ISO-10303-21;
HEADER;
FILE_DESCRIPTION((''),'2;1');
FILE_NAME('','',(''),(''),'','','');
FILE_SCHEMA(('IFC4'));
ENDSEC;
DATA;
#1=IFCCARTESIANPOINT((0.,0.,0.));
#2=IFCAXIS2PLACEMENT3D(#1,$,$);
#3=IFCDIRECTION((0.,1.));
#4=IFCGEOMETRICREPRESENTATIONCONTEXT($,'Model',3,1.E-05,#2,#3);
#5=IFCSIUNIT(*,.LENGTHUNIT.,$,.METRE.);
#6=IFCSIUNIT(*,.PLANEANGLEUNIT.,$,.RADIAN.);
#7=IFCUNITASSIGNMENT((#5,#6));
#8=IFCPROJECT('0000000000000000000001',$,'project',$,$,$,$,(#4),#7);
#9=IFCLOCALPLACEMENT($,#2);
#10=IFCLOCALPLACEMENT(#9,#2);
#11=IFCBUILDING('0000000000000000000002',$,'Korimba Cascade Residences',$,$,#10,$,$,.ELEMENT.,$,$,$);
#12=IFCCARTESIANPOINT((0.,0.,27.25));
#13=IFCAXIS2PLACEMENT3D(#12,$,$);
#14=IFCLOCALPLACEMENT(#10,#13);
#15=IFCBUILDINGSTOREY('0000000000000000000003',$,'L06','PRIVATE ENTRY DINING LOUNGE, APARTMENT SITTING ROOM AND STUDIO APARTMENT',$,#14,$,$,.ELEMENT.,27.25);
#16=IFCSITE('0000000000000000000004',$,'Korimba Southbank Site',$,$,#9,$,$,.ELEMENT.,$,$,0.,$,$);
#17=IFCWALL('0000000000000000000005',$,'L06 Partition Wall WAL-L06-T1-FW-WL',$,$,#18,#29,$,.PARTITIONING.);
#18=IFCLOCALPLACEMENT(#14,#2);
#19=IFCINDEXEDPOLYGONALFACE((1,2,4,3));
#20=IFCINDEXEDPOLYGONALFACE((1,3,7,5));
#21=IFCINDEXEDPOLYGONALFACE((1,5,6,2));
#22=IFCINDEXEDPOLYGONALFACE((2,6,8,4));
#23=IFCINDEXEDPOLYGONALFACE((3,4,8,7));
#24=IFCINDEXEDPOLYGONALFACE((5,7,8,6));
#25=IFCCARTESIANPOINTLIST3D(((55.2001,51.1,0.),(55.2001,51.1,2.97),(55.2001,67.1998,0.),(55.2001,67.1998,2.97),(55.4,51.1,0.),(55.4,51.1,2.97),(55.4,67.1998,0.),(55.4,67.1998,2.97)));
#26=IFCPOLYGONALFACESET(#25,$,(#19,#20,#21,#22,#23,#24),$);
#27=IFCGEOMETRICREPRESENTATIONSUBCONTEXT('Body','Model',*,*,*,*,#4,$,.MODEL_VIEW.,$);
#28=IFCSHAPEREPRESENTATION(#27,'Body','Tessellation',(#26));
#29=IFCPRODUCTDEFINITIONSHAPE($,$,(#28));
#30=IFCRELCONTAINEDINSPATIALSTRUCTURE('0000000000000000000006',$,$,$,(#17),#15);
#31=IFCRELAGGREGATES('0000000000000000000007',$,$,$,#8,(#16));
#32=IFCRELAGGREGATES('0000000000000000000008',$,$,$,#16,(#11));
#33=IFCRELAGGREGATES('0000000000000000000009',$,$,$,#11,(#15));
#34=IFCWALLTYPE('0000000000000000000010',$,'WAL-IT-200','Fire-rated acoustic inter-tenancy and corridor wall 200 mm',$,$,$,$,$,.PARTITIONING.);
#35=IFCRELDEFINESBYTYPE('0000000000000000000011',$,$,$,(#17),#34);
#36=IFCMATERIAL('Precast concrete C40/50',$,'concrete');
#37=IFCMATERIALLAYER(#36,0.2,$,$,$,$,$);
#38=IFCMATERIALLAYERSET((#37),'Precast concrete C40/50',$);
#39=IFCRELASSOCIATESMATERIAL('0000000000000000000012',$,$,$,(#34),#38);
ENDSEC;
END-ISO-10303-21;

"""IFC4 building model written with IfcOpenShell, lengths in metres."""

from ifc_helpers import new_model, si_unit, direction, frame, frame_2d, origin, place, context, subcontext, project, spatial, rectangle, extrude, material, layer, layer_set, type_object, element, save


model = new_model("IFC4")

# Units and contexts
model_context = context("Model", 3, precision=1e-05, world=origin(), true_north=direction((0.0, 1.0)))
body_context = subcontext(model_context, "Body", "Model", "MODEL_VIEW")
ifc_project = project(units=[si_unit("LENGTHUNIT", "METRE"), si_unit("PLANEANGLEUNIT", "RADIAN")], contexts=[model_context])

# Site, building, storey
site_placement = place(None, origin())
site = spatial("IfcSite", under=ifc_project, at=site_placement, Name="Korimba Southbank Site", CompositionType="ELEMENT", RefElevation=0.0)
building_placement = place(site_placement, origin())
building = spatial("IfcBuilding", under=site, at=building_placement, Name="Korimba Cascade Residences", CompositionType="ELEMENT")
storey_placement = place(building_placement, frame((0.0, 0.0, 27.25)))
storey = spatial("IfcBuildingStorey", under=building, at=storey_placement, Name="L06", Description="PRIVATE ENTRY DINING LOUNGE, APARTMENT SITTING ROOM AND STUDIO APARTMENT", CompositionType="ELEMENT", Elevation=27.25)

# Shared definitions
ifc_material_1 = material(Name="Precast concrete C40/50", Category="concrete")

# Wall
ifc_layer_1 = layer(ifc_material_1, 0.2)
ifc_layer_set_1 = layer_set([ifc_layer_1], Name="Precast concrete C40/50")
wall_type_1 = type_object("IfcWallType", Name="WAL-IT-200", Description="Fire-rated acoustic inter-tenancy and corridor wall 200 mm", PredefinedType="PARTITIONING", material=ifc_layer_set_1)
wall_1_placement = place(storey_placement, frame((55.3, 51.1001, 0.0), z_axis=(0.0, 0.0, 1.0), x_axis=(0.0, 1.0, 0.0)))
element("IfcWall", 1, at=wall_1_placement, inside=storey, type_object=wall_type_1, Name="L06 Partition Wall WAL-L06-T1-FW-WL", PredefinedType="PARTITIONING", context=body_context, shape_type="SweptSolid", body=[
    extrude(rectangle(XDim=16.0999, YDim=0.2, at=frame_2d((8.0498, 0.0))), origin(), (0.0, 0.0, 1.0), 2.97),
])

save(model, "model.ifc")
